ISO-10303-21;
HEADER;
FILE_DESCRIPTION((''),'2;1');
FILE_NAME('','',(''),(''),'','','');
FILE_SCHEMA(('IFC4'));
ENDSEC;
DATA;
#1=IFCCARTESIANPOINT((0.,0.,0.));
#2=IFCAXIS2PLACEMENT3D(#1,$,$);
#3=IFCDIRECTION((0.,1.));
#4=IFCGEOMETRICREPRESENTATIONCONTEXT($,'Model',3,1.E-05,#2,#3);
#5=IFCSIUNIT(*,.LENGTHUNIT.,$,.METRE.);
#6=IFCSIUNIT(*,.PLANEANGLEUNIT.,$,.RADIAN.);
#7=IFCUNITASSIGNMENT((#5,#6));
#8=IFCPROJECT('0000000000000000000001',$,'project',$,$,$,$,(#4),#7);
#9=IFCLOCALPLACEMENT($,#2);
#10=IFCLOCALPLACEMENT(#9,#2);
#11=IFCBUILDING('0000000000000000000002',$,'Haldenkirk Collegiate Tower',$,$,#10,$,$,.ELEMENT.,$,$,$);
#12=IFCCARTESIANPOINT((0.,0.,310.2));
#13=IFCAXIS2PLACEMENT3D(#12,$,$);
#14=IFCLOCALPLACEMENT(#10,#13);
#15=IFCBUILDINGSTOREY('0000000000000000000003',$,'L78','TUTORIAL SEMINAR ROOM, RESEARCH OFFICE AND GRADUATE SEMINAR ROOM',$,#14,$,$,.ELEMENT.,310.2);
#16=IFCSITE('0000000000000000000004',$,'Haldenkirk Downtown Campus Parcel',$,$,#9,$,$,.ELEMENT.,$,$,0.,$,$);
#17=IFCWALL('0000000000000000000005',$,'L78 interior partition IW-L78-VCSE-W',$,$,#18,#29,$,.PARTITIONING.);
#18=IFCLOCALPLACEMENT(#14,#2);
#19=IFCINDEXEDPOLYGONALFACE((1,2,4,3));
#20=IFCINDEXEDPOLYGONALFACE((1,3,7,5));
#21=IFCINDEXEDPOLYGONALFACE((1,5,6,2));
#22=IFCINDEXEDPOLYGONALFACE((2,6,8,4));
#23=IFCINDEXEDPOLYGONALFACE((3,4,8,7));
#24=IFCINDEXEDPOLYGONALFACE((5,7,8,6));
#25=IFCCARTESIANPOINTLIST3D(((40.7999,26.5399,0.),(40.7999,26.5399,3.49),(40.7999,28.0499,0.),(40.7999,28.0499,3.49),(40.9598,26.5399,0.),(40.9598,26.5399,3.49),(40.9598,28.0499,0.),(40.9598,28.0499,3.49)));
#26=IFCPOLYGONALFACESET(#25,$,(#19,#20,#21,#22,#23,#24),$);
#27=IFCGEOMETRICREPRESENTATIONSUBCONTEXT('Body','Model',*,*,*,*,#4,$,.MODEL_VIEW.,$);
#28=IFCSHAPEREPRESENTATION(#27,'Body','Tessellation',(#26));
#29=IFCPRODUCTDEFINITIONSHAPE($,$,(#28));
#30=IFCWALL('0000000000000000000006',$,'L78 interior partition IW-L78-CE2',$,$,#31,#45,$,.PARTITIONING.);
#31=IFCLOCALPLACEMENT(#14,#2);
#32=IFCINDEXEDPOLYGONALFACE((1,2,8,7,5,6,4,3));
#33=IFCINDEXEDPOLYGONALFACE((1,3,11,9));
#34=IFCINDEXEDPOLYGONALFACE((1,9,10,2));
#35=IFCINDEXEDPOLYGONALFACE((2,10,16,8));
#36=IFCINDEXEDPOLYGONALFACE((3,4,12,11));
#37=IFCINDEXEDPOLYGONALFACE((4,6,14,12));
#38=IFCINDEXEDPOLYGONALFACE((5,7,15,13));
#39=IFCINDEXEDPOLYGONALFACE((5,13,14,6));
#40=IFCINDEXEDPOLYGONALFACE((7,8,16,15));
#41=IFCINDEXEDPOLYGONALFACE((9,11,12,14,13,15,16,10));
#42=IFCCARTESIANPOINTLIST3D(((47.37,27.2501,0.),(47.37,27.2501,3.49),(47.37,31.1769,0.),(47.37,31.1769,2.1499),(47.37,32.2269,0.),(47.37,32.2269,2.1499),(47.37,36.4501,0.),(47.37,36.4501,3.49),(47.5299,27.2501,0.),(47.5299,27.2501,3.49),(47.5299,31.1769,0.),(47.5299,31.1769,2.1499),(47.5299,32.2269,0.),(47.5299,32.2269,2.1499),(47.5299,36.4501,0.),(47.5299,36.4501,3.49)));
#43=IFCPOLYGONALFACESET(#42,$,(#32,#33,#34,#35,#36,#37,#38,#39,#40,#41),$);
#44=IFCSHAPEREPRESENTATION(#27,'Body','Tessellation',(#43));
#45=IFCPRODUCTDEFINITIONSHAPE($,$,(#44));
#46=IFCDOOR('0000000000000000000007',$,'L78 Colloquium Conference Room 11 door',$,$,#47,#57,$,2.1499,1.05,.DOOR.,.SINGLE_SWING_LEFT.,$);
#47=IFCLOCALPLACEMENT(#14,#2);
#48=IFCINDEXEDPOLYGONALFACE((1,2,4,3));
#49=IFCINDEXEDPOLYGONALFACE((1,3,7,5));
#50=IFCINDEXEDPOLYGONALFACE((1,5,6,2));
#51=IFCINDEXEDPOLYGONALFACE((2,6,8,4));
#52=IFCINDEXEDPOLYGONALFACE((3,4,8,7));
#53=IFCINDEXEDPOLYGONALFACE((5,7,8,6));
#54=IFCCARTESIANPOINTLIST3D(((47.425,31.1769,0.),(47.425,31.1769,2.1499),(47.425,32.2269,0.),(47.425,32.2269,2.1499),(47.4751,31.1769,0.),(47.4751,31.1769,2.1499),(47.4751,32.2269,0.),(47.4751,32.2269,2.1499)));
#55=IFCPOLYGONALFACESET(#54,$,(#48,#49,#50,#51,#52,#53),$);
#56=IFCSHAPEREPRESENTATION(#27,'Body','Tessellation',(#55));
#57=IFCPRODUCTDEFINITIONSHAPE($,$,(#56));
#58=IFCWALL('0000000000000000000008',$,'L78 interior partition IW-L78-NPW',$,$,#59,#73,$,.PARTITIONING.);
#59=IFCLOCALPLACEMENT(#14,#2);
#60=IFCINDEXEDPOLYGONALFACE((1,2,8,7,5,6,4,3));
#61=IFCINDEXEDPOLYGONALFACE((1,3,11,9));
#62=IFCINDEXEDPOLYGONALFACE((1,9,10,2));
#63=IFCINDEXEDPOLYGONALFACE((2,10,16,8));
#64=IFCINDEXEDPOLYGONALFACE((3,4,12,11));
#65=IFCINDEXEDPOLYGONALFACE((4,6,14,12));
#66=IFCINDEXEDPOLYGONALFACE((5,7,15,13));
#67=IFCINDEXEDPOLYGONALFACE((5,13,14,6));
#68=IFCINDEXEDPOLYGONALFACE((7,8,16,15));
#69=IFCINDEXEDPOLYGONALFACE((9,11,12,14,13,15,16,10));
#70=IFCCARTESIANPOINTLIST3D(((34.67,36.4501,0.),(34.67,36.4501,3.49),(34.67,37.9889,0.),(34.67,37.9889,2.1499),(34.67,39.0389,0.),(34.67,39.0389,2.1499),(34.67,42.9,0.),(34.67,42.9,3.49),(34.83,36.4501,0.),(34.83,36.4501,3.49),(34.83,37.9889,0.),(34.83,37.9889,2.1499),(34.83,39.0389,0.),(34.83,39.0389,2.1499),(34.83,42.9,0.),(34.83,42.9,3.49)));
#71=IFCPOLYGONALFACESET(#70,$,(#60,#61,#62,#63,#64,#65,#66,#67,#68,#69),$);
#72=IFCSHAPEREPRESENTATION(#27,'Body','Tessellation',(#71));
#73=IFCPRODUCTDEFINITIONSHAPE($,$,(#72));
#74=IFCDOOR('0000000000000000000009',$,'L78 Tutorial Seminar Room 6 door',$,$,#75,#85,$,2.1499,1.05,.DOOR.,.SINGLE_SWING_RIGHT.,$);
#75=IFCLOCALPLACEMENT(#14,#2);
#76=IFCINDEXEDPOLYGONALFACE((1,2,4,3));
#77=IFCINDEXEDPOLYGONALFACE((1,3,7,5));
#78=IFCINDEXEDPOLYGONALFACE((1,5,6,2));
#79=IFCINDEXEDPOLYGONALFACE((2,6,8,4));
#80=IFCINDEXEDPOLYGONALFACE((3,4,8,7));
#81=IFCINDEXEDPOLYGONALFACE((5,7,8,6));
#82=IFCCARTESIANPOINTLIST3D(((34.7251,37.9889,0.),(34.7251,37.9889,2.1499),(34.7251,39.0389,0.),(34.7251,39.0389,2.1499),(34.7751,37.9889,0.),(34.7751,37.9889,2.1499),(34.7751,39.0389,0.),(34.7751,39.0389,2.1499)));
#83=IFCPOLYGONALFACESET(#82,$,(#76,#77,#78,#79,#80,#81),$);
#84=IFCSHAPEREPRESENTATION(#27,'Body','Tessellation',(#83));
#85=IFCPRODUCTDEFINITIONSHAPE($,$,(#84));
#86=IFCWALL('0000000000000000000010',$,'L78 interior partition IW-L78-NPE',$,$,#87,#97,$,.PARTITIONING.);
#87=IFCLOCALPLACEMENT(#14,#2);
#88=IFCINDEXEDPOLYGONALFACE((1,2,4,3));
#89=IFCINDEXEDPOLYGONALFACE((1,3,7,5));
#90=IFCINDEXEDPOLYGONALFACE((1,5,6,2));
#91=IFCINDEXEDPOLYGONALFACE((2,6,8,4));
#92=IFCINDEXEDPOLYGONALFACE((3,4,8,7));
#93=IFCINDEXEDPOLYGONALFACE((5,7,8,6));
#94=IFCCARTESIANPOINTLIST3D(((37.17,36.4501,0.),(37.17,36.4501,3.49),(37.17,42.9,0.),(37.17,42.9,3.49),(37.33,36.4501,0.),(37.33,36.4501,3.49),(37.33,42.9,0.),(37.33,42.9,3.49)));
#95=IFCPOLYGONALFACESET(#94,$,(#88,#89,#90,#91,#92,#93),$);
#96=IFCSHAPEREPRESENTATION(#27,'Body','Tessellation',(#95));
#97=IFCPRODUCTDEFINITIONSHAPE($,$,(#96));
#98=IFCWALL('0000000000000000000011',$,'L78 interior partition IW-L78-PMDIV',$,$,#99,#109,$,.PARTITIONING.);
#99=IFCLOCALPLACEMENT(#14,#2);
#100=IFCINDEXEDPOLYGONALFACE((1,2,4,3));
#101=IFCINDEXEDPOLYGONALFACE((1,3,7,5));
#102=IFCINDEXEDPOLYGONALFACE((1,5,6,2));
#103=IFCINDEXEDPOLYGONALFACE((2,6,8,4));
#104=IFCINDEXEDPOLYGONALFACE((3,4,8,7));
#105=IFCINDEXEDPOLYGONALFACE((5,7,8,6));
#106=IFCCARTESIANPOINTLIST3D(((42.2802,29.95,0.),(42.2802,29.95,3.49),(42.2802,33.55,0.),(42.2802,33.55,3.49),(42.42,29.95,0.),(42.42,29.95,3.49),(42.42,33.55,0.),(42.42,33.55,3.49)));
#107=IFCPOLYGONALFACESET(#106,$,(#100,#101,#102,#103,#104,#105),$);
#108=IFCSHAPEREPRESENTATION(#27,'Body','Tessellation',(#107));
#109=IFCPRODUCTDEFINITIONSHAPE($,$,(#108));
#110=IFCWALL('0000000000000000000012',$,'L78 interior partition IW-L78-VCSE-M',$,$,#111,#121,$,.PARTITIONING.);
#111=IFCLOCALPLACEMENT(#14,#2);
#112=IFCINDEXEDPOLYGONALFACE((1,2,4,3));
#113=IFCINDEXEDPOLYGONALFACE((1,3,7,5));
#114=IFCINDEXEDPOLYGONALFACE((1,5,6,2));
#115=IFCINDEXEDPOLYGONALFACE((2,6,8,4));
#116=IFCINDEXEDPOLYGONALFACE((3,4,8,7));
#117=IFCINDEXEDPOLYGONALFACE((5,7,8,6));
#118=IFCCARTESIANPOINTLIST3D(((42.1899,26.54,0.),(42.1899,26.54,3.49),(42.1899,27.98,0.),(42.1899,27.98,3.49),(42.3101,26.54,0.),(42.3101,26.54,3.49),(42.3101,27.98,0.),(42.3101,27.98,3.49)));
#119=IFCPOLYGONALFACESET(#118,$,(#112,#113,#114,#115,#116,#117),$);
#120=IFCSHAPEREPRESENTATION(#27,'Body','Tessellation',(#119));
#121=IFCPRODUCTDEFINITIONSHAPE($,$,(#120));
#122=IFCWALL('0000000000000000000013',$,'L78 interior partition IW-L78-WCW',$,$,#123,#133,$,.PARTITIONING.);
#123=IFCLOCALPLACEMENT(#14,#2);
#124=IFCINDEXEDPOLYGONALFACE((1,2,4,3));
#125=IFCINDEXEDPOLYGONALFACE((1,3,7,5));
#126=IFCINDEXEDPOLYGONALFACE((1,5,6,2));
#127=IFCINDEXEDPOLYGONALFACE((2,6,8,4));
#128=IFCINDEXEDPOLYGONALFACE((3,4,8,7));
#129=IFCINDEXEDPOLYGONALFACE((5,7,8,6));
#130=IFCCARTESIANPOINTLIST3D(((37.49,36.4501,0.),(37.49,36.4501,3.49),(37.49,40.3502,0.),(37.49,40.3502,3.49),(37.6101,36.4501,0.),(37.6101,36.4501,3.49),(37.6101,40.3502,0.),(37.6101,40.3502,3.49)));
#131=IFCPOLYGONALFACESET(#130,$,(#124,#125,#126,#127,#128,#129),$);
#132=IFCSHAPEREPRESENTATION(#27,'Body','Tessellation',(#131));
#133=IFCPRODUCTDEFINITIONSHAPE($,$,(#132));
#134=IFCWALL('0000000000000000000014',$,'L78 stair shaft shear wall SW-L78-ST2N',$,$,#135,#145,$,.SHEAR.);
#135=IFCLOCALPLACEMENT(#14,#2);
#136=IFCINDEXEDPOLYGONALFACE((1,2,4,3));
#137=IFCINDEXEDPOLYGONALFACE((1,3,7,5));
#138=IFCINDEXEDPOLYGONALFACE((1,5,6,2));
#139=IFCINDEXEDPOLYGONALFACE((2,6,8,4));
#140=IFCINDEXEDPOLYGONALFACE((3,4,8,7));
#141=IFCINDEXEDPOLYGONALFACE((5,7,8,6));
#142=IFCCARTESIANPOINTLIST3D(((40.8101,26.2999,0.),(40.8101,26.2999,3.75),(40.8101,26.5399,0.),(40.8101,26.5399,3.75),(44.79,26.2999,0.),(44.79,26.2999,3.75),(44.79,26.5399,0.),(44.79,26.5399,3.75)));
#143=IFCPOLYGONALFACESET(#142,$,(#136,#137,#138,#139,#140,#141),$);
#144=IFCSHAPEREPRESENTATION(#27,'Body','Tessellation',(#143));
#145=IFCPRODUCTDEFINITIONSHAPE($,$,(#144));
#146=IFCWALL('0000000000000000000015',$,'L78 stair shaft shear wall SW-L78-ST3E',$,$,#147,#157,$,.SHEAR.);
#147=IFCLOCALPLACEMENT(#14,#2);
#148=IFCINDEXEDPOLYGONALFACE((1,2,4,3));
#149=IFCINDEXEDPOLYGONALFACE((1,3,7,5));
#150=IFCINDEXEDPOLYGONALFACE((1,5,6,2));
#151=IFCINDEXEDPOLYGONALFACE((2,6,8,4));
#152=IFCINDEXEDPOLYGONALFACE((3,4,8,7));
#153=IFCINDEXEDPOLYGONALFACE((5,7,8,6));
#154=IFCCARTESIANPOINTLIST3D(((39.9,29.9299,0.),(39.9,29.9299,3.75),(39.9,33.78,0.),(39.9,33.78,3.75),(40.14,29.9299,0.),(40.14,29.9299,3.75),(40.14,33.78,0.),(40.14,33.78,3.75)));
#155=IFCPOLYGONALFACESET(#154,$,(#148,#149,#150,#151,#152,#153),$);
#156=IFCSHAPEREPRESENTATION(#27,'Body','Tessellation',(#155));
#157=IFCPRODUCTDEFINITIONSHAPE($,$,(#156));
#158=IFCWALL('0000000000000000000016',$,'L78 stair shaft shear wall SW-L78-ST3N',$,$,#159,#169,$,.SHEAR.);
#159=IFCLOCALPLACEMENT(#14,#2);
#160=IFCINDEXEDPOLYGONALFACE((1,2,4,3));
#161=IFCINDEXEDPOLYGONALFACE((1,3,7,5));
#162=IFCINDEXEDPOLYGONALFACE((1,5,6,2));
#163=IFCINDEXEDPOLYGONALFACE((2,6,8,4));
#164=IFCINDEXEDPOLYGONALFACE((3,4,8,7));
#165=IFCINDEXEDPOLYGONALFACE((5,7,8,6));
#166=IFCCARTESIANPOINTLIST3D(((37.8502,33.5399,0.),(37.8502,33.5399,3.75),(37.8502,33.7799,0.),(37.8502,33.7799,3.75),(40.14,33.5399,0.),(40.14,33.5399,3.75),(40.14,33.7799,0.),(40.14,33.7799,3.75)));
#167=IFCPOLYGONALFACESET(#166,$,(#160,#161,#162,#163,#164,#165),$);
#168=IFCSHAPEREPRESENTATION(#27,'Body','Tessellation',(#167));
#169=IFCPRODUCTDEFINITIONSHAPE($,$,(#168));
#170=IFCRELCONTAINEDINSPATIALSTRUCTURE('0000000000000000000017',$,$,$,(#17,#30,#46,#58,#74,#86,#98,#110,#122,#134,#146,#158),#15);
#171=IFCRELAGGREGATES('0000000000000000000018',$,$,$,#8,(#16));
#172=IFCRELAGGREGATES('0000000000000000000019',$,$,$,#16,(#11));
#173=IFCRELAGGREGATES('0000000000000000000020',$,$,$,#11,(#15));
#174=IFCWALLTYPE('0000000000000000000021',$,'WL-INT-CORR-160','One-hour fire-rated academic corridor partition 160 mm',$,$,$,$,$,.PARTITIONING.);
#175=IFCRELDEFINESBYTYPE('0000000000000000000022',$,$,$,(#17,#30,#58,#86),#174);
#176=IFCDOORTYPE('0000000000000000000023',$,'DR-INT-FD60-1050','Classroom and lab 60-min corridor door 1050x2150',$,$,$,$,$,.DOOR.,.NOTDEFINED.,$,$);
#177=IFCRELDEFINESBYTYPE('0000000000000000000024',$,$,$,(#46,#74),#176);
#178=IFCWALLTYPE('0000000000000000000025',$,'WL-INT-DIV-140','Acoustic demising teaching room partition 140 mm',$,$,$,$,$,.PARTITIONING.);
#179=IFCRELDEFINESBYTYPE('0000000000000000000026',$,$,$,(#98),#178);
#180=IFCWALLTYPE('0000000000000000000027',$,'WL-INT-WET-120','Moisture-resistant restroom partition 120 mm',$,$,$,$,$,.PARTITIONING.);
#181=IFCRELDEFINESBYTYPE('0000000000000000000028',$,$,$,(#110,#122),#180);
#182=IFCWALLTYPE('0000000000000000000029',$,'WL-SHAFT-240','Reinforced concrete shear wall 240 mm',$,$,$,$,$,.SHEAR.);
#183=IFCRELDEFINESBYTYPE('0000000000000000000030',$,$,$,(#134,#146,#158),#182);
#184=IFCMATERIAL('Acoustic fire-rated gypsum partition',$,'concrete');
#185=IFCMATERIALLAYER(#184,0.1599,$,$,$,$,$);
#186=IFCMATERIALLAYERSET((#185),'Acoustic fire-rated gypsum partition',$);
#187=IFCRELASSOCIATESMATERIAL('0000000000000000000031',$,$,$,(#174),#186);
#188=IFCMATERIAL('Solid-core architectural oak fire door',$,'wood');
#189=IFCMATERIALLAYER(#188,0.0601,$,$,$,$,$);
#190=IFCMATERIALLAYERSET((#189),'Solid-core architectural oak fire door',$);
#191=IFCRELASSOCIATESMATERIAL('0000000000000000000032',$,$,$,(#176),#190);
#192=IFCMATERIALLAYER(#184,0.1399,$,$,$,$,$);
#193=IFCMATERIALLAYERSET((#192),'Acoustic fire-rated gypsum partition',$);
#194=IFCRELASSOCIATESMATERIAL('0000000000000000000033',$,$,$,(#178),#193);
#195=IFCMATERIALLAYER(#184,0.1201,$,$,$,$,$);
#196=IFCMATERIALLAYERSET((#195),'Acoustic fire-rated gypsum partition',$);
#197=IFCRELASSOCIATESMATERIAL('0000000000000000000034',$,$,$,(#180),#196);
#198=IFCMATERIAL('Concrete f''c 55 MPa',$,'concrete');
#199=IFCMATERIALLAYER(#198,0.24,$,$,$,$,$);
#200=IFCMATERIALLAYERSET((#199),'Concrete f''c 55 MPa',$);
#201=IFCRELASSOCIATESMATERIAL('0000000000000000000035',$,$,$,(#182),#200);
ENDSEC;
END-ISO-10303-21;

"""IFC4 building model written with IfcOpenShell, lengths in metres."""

from ifc_helpers import new_model, si_unit, direction, frame, frame_2d, origin, place, context, subcontext, project, spatial, rectangle, extrude, material, layer, layer_set, type_object, element, fill, save


model = new_model("IFC4")

# Units and contexts
model_context = context("Model", 3, precision=1e-05, world=origin(), true_north=direction((0.0, 1.0)))
body_context = subcontext(model_context, "Body", "Model", "MODEL_VIEW")
ifc_project = project(units=[si_unit("LENGTHUNIT", "METRE"), si_unit("PLANEANGLEUNIT", "RADIAN")], contexts=[model_context])

# Site, building, storey
site_placement = place(None, origin())
site = spatial("IfcSite", under=ifc_project, at=site_placement, Name="Haldenkirk Downtown Campus Parcel", CompositionType="ELEMENT", RefElevation=0.0)
building_placement = place(site_placement, origin())
building = spatial("IfcBuilding", under=site, at=building_placement, Name="Haldenkirk Collegiate Tower", CompositionType="ELEMENT")
storey_placement = place(building_placement, frame((0.0, 0.0, 310.2)))
storey = spatial("IfcBuildingStorey", under=building, at=storey_placement, Name="L78", Description="TUTORIAL SEMINAR ROOM, RESEARCH OFFICE AND GRADUATE SEMINAR ROOM", CompositionType="ELEMENT", Elevation=310.2)

# Shared definitions
ifc_material_1 = material(Name="Acoustic fire-rated gypsum partition", Category="concrete")
ifc_layer_1 = layer(ifc_material_1, 0.1599)
ifc_layer_set_1 = layer_set([ifc_layer_1], Name="Acoustic fire-rated gypsum partition")
wall_type_1 = type_object("IfcWallType", Name="WL-INT-CORR-160", Description="One-hour fire-rated academic corridor partition 160 mm", PredefinedType="PARTITIONING", material=ifc_layer_set_1)
ifc_material_2 = material(Name="Solid-core architectural oak fire door", Category="wood")

# Wall
wall_1_placement = place(storey_placement, frame((40.8799, 26.54, 0.0), z_axis=(0.0, 0.0, 1.0), x_axis=(0.0, 1.0, 0.0)))
element("IfcWall", 1, at=wall_1_placement, inside=storey, type_object=wall_type_1, Name="L78 interior partition IW-L78-VCSE-W", PredefinedType="PARTITIONING", context=body_context, shape_type="SweptSolid", body=[
    extrude(rectangle(XDim=1.51, YDim=0.1599, at=frame_2d((0.7549, 0.0))), origin(), (0.0, 0.0, 1.0), 3.49),
])

# Walls, openings, doors
wall_2_placement = place(storey_placement, frame((47.45, 27.25, 0.0), z_axis=(0.0, 0.0, 1.0), x_axis=(0.0, 1.0, 0.0)))
wall_2 = element("IfcWall", 2, at=wall_2_placement, inside=storey, type_object=wall_type_1, Name="L78 interior partition IW-L78-CE2", PredefinedType="PARTITIONING", context=body_context, shape_type="SweptSolid", body=[
    extrude(rectangle(XDim=9.2, YDim=0.1599, at=frame_2d((4.6001, 0.0))), origin(), (0.0, 0.0, 1.0), 3.49),
])
opening_1_placement = place(wall_2_placement, frame((3.927, 0.0, 0.0)))
opening_1 = element("IfcOpeningElement", 3, at=opening_1_placement, cuts=wall_2, PredefinedType="OPENING", context=body_context, shape_type="SweptSolid", body=[
    extrude(rectangle(XDim=1.05, YDim=2.1499, at=frame_2d((0.5249, 1.075))), frame((0.0, 0.0898, 0.0), z_axis=(0.0, -1.0, 0.0), x_axis=(1.0, 0.0, 0.0)), (0.0, 0.0, 1.0), 0.1799),
])
ifc_layer_2 = layer(ifc_material_2, 0.0601)
ifc_layer_set_2 = layer_set([ifc_layer_2], Name="Solid-core architectural oak fire door")
door_type_1 = type_object("IfcDoorType", Name="DR-INT-FD60-1050", Description="Classroom and lab 60-min corridor door 1050x2150", OperationType="NOTDEFINED", PredefinedType="DOOR", material=ifc_layer_set_2)
door_1_placement = place(opening_1_placement, origin())
door_1 = element("IfcDoor", 4, at=door_1_placement, inside=storey, type_object=door_type_1, Name="L78 Colloquium Conference Room 11 door", OperationType="SINGLE_SWING_LEFT", OverallHeight=2.1499, OverallWidth=1.05, PredefinedType="DOOR", context=body_context, shape_type="SweptSolid", body=[
    extrude(rectangle(XDim=1.05, YDim=2.1499, at=frame_2d((0.5249, 1.075))), frame((0.0, 0.0249, 0.0), z_axis=(0.0, -1.0, 0.0), x_axis=(1.0, 0.0, 0.0)), (0.0, 0.0, 1.0), 0.05),
])
fill(opening_1, door_1)
wall_3_placement = place(storey_placement, frame((34.75, 36.45, 0.0), z_axis=(0.0, 0.0, 1.0), x_axis=(0.0, 1.0, 0.0)))
wall_3 = element("IfcWall", 5, at=wall_3_placement, inside=storey, type_object=wall_type_1, Name="L78 interior partition IW-L78-NPW", PredefinedType="PARTITIONING", context=body_context, shape_type="SweptSolid", body=[
    extrude(rectangle(XDim=6.45, YDim=0.1599, at=frame_2d((3.2251, 0.0))), origin(), (0.0, 0.0, 1.0), 3.49),
])
opening_2_placement = place(wall_3_placement, frame((1.5391, 0.0, 0.0)))
opening_2 = element("IfcOpeningElement", 6, at=opening_2_placement, cuts=wall_3, PredefinedType="OPENING", context=body_context, shape_type="SweptSolid", body=[
    extrude(rectangle(XDim=1.05, YDim=2.1499, at=frame_2d((0.5249, 1.075))), frame((0.0, 0.0898, 0.0), z_axis=(0.0, -1.0, 0.0), x_axis=(1.0, 0.0, 0.0)), (0.0, 0.0, 1.0), 0.1799),
])
door_2_placement = place(opening_2_placement, origin())
door_2 = element("IfcDoor", 7, at=door_2_placement, inside=storey, type_object=door_type_1, Name="L78 Tutorial Seminar Room 6 door", OperationType="SINGLE_SWING_RIGHT", OverallHeight=2.1499, OverallWidth=1.05, PredefinedType="DOOR", context=body_context, shape_type="SweptSolid", body=[
    extrude(rectangle(XDim=1.05, YDim=2.1499, at=frame_2d((0.5249, 1.075))), frame((0.0, 0.0249, 0.0), z_axis=(0.0, -1.0, 0.0), x_axis=(1.0, 0.0, 0.0)), (0.0, 0.0, 1.0), 0.05),
])
fill(opening_2, door_2)

# Walls
wall_4_placement = place(storey_placement, frame((37.25, 36.45, 0.0), z_axis=(0.0, 0.0, 1.0), x_axis=(0.0, 1.0, 0.0)))
element("IfcWall", 8, at=wall_4_placement, inside=storey, type_object=wall_type_1, Name="L78 interior partition IW-L78-NPE", PredefinedType="PARTITIONING", context=body_context, shape_type="SweptSolid", body=[
    extrude(rectangle(XDim=6.45, YDim=0.1599, at=frame_2d((3.2251, 0.0))), origin(), (0.0, 0.0, 1.0), 3.49),
])
ifc_layer_3 = layer(ifc_material_1, 0.1399)
ifc_layer_set_3 = layer_set([ifc_layer_3], Name="Acoustic fire-rated gypsum partition")
wall_type_2 = type_object("IfcWallType", Name="WL-INT-DIV-140", Description="Acoustic demising teaching room partition 140 mm", PredefinedType="PARTITIONING", material=ifc_layer_set_3)
wall_5_placement = place(storey_placement, frame((42.3501, 29.95, 0.0), z_axis=(0.0, 0.0, 1.0), x_axis=(0.0, 1.0, 0.0)))
element("IfcWall", 9, at=wall_5_placement, inside=storey, type_object=wall_type_2, Name="L78 interior partition IW-L78-PMDIV", PredefinedType="PARTITIONING", context=body_context, shape_type="SweptSolid", body=[
    extrude(rectangle(XDim=3.6001, YDim=0.1399, at=frame_2d((1.8, 0.0))), origin(), (0.0, 0.0, 1.0), 3.49),
])
ifc_layer_4 = layer(ifc_material_1, 0.1201)
ifc_layer_set_4 = layer_set([ifc_layer_4], Name="Acoustic fire-rated gypsum partition")
wall_type_3 = type_object("IfcWallType", Name="WL-INT-WET-120", Description="Moisture-resistant restroom partition 120 mm", PredefinedType="PARTITIONING", material=ifc_layer_set_4)
wall_6_placement = place(storey_placement, frame((42.25, 26.54, 0.0), z_axis=(0.0, 0.0, 1.0), x_axis=(0.0, 1.0, 0.0)))
element("IfcWall", 10, at=wall_6_placement, inside=storey, type_object=wall_type_3, Name="L78 interior partition IW-L78-VCSE-M", PredefinedType="PARTITIONING", context=body_context, shape_type="SweptSolid", body=[
    extrude(rectangle(XDim=1.4399, YDim=0.1201, at=frame_2d((0.72, 0.0))), origin(), (0.0, 0.0, 1.0), 3.49),
])
wall_7_placement = place(storey_placement, frame((37.55, 36.45, 0.0), z_axis=(0.0, 0.0, 1.0), x_axis=(0.0, 1.0, 0.0)))
element("IfcWall", 11, at=wall_7_placement, inside=storey, type_object=wall_type_3, Name="L78 interior partition IW-L78-WCW", PredefinedType="PARTITIONING", context=body_context, shape_type="SweptSolid", body=[
    extrude(rectangle(XDim=3.9001, YDim=0.1201, at=frame_2d((1.9502, 0.0))), origin(), (0.0, 0.0, 1.0), 3.49),
])
ifc_material_3 = material(Name="Concrete f'c 55 MPa", Category="concrete")
ifc_layer_5 = layer(ifc_material_3, 0.24)
ifc_layer_set_5 = layer_set([ifc_layer_5], Name="Concrete f'c 55 MPa")
wall_type_4 = type_object("IfcWallType", Name="WL-SHAFT-240", Description="Reinforced concrete shear wall 240 mm", PredefinedType="SHEAR", material=ifc_layer_set_5)
wall_8_placement = place(storey_placement, frame((40.8101, 26.4199, 0.0), z_axis=(0.0, 0.0, 1.0), x_axis=(1.0, 0.0, 0.0)))
element("IfcWall", 12, at=wall_8_placement, inside=storey, type_object=wall_type_4, Name="L78 stair shaft shear wall SW-L78-ST2N", PredefinedType="SHEAR", context=body_context, shape_type="SweptSolid", body=[
    extrude(rectangle(XDim=3.98, YDim=0.24, at=frame_2d((1.99, 0.0))), origin(), (0.0, 0.0, 1.0), 3.75),
])
wall_9_placement = place(storey_placement, frame((40.02, 29.9299, 0.0), z_axis=(0.0, 0.0, 1.0), x_axis=(0.0, 1.0, 0.0)))
element("IfcWall", 13, at=wall_9_placement, inside=storey, type_object=wall_type_4, Name="L78 stair shaft shear wall SW-L78-ST3E", PredefinedType="SHEAR", context=body_context, shape_type="SweptSolid", body=[
    extrude(rectangle(XDim=3.8501, YDim=0.24, at=frame_2d((1.925, 0.0))), origin(), (0.0, 0.0, 1.0), 3.75),
])
wall_10_placement = place(storey_placement, frame((37.8501, 33.6599, 0.0), z_axis=(0.0, 0.0, 1.0), x_axis=(1.0, 0.0, 0.0)))
element("IfcWall", 14, at=wall_10_placement, inside=storey, type_object=wall_type_4, Name="L78 stair shaft shear wall SW-L78-ST3N", PredefinedType="SHEAR", context=body_context, shape_type="SweptSolid", body=[
    extrude(rectangle(XDim=2.2898, YDim=0.24, at=frame_2d((1.145, 0.0))), origin(), (0.0, 0.0, 1.0), 3.75),
])

save(model, "model.ifc")
